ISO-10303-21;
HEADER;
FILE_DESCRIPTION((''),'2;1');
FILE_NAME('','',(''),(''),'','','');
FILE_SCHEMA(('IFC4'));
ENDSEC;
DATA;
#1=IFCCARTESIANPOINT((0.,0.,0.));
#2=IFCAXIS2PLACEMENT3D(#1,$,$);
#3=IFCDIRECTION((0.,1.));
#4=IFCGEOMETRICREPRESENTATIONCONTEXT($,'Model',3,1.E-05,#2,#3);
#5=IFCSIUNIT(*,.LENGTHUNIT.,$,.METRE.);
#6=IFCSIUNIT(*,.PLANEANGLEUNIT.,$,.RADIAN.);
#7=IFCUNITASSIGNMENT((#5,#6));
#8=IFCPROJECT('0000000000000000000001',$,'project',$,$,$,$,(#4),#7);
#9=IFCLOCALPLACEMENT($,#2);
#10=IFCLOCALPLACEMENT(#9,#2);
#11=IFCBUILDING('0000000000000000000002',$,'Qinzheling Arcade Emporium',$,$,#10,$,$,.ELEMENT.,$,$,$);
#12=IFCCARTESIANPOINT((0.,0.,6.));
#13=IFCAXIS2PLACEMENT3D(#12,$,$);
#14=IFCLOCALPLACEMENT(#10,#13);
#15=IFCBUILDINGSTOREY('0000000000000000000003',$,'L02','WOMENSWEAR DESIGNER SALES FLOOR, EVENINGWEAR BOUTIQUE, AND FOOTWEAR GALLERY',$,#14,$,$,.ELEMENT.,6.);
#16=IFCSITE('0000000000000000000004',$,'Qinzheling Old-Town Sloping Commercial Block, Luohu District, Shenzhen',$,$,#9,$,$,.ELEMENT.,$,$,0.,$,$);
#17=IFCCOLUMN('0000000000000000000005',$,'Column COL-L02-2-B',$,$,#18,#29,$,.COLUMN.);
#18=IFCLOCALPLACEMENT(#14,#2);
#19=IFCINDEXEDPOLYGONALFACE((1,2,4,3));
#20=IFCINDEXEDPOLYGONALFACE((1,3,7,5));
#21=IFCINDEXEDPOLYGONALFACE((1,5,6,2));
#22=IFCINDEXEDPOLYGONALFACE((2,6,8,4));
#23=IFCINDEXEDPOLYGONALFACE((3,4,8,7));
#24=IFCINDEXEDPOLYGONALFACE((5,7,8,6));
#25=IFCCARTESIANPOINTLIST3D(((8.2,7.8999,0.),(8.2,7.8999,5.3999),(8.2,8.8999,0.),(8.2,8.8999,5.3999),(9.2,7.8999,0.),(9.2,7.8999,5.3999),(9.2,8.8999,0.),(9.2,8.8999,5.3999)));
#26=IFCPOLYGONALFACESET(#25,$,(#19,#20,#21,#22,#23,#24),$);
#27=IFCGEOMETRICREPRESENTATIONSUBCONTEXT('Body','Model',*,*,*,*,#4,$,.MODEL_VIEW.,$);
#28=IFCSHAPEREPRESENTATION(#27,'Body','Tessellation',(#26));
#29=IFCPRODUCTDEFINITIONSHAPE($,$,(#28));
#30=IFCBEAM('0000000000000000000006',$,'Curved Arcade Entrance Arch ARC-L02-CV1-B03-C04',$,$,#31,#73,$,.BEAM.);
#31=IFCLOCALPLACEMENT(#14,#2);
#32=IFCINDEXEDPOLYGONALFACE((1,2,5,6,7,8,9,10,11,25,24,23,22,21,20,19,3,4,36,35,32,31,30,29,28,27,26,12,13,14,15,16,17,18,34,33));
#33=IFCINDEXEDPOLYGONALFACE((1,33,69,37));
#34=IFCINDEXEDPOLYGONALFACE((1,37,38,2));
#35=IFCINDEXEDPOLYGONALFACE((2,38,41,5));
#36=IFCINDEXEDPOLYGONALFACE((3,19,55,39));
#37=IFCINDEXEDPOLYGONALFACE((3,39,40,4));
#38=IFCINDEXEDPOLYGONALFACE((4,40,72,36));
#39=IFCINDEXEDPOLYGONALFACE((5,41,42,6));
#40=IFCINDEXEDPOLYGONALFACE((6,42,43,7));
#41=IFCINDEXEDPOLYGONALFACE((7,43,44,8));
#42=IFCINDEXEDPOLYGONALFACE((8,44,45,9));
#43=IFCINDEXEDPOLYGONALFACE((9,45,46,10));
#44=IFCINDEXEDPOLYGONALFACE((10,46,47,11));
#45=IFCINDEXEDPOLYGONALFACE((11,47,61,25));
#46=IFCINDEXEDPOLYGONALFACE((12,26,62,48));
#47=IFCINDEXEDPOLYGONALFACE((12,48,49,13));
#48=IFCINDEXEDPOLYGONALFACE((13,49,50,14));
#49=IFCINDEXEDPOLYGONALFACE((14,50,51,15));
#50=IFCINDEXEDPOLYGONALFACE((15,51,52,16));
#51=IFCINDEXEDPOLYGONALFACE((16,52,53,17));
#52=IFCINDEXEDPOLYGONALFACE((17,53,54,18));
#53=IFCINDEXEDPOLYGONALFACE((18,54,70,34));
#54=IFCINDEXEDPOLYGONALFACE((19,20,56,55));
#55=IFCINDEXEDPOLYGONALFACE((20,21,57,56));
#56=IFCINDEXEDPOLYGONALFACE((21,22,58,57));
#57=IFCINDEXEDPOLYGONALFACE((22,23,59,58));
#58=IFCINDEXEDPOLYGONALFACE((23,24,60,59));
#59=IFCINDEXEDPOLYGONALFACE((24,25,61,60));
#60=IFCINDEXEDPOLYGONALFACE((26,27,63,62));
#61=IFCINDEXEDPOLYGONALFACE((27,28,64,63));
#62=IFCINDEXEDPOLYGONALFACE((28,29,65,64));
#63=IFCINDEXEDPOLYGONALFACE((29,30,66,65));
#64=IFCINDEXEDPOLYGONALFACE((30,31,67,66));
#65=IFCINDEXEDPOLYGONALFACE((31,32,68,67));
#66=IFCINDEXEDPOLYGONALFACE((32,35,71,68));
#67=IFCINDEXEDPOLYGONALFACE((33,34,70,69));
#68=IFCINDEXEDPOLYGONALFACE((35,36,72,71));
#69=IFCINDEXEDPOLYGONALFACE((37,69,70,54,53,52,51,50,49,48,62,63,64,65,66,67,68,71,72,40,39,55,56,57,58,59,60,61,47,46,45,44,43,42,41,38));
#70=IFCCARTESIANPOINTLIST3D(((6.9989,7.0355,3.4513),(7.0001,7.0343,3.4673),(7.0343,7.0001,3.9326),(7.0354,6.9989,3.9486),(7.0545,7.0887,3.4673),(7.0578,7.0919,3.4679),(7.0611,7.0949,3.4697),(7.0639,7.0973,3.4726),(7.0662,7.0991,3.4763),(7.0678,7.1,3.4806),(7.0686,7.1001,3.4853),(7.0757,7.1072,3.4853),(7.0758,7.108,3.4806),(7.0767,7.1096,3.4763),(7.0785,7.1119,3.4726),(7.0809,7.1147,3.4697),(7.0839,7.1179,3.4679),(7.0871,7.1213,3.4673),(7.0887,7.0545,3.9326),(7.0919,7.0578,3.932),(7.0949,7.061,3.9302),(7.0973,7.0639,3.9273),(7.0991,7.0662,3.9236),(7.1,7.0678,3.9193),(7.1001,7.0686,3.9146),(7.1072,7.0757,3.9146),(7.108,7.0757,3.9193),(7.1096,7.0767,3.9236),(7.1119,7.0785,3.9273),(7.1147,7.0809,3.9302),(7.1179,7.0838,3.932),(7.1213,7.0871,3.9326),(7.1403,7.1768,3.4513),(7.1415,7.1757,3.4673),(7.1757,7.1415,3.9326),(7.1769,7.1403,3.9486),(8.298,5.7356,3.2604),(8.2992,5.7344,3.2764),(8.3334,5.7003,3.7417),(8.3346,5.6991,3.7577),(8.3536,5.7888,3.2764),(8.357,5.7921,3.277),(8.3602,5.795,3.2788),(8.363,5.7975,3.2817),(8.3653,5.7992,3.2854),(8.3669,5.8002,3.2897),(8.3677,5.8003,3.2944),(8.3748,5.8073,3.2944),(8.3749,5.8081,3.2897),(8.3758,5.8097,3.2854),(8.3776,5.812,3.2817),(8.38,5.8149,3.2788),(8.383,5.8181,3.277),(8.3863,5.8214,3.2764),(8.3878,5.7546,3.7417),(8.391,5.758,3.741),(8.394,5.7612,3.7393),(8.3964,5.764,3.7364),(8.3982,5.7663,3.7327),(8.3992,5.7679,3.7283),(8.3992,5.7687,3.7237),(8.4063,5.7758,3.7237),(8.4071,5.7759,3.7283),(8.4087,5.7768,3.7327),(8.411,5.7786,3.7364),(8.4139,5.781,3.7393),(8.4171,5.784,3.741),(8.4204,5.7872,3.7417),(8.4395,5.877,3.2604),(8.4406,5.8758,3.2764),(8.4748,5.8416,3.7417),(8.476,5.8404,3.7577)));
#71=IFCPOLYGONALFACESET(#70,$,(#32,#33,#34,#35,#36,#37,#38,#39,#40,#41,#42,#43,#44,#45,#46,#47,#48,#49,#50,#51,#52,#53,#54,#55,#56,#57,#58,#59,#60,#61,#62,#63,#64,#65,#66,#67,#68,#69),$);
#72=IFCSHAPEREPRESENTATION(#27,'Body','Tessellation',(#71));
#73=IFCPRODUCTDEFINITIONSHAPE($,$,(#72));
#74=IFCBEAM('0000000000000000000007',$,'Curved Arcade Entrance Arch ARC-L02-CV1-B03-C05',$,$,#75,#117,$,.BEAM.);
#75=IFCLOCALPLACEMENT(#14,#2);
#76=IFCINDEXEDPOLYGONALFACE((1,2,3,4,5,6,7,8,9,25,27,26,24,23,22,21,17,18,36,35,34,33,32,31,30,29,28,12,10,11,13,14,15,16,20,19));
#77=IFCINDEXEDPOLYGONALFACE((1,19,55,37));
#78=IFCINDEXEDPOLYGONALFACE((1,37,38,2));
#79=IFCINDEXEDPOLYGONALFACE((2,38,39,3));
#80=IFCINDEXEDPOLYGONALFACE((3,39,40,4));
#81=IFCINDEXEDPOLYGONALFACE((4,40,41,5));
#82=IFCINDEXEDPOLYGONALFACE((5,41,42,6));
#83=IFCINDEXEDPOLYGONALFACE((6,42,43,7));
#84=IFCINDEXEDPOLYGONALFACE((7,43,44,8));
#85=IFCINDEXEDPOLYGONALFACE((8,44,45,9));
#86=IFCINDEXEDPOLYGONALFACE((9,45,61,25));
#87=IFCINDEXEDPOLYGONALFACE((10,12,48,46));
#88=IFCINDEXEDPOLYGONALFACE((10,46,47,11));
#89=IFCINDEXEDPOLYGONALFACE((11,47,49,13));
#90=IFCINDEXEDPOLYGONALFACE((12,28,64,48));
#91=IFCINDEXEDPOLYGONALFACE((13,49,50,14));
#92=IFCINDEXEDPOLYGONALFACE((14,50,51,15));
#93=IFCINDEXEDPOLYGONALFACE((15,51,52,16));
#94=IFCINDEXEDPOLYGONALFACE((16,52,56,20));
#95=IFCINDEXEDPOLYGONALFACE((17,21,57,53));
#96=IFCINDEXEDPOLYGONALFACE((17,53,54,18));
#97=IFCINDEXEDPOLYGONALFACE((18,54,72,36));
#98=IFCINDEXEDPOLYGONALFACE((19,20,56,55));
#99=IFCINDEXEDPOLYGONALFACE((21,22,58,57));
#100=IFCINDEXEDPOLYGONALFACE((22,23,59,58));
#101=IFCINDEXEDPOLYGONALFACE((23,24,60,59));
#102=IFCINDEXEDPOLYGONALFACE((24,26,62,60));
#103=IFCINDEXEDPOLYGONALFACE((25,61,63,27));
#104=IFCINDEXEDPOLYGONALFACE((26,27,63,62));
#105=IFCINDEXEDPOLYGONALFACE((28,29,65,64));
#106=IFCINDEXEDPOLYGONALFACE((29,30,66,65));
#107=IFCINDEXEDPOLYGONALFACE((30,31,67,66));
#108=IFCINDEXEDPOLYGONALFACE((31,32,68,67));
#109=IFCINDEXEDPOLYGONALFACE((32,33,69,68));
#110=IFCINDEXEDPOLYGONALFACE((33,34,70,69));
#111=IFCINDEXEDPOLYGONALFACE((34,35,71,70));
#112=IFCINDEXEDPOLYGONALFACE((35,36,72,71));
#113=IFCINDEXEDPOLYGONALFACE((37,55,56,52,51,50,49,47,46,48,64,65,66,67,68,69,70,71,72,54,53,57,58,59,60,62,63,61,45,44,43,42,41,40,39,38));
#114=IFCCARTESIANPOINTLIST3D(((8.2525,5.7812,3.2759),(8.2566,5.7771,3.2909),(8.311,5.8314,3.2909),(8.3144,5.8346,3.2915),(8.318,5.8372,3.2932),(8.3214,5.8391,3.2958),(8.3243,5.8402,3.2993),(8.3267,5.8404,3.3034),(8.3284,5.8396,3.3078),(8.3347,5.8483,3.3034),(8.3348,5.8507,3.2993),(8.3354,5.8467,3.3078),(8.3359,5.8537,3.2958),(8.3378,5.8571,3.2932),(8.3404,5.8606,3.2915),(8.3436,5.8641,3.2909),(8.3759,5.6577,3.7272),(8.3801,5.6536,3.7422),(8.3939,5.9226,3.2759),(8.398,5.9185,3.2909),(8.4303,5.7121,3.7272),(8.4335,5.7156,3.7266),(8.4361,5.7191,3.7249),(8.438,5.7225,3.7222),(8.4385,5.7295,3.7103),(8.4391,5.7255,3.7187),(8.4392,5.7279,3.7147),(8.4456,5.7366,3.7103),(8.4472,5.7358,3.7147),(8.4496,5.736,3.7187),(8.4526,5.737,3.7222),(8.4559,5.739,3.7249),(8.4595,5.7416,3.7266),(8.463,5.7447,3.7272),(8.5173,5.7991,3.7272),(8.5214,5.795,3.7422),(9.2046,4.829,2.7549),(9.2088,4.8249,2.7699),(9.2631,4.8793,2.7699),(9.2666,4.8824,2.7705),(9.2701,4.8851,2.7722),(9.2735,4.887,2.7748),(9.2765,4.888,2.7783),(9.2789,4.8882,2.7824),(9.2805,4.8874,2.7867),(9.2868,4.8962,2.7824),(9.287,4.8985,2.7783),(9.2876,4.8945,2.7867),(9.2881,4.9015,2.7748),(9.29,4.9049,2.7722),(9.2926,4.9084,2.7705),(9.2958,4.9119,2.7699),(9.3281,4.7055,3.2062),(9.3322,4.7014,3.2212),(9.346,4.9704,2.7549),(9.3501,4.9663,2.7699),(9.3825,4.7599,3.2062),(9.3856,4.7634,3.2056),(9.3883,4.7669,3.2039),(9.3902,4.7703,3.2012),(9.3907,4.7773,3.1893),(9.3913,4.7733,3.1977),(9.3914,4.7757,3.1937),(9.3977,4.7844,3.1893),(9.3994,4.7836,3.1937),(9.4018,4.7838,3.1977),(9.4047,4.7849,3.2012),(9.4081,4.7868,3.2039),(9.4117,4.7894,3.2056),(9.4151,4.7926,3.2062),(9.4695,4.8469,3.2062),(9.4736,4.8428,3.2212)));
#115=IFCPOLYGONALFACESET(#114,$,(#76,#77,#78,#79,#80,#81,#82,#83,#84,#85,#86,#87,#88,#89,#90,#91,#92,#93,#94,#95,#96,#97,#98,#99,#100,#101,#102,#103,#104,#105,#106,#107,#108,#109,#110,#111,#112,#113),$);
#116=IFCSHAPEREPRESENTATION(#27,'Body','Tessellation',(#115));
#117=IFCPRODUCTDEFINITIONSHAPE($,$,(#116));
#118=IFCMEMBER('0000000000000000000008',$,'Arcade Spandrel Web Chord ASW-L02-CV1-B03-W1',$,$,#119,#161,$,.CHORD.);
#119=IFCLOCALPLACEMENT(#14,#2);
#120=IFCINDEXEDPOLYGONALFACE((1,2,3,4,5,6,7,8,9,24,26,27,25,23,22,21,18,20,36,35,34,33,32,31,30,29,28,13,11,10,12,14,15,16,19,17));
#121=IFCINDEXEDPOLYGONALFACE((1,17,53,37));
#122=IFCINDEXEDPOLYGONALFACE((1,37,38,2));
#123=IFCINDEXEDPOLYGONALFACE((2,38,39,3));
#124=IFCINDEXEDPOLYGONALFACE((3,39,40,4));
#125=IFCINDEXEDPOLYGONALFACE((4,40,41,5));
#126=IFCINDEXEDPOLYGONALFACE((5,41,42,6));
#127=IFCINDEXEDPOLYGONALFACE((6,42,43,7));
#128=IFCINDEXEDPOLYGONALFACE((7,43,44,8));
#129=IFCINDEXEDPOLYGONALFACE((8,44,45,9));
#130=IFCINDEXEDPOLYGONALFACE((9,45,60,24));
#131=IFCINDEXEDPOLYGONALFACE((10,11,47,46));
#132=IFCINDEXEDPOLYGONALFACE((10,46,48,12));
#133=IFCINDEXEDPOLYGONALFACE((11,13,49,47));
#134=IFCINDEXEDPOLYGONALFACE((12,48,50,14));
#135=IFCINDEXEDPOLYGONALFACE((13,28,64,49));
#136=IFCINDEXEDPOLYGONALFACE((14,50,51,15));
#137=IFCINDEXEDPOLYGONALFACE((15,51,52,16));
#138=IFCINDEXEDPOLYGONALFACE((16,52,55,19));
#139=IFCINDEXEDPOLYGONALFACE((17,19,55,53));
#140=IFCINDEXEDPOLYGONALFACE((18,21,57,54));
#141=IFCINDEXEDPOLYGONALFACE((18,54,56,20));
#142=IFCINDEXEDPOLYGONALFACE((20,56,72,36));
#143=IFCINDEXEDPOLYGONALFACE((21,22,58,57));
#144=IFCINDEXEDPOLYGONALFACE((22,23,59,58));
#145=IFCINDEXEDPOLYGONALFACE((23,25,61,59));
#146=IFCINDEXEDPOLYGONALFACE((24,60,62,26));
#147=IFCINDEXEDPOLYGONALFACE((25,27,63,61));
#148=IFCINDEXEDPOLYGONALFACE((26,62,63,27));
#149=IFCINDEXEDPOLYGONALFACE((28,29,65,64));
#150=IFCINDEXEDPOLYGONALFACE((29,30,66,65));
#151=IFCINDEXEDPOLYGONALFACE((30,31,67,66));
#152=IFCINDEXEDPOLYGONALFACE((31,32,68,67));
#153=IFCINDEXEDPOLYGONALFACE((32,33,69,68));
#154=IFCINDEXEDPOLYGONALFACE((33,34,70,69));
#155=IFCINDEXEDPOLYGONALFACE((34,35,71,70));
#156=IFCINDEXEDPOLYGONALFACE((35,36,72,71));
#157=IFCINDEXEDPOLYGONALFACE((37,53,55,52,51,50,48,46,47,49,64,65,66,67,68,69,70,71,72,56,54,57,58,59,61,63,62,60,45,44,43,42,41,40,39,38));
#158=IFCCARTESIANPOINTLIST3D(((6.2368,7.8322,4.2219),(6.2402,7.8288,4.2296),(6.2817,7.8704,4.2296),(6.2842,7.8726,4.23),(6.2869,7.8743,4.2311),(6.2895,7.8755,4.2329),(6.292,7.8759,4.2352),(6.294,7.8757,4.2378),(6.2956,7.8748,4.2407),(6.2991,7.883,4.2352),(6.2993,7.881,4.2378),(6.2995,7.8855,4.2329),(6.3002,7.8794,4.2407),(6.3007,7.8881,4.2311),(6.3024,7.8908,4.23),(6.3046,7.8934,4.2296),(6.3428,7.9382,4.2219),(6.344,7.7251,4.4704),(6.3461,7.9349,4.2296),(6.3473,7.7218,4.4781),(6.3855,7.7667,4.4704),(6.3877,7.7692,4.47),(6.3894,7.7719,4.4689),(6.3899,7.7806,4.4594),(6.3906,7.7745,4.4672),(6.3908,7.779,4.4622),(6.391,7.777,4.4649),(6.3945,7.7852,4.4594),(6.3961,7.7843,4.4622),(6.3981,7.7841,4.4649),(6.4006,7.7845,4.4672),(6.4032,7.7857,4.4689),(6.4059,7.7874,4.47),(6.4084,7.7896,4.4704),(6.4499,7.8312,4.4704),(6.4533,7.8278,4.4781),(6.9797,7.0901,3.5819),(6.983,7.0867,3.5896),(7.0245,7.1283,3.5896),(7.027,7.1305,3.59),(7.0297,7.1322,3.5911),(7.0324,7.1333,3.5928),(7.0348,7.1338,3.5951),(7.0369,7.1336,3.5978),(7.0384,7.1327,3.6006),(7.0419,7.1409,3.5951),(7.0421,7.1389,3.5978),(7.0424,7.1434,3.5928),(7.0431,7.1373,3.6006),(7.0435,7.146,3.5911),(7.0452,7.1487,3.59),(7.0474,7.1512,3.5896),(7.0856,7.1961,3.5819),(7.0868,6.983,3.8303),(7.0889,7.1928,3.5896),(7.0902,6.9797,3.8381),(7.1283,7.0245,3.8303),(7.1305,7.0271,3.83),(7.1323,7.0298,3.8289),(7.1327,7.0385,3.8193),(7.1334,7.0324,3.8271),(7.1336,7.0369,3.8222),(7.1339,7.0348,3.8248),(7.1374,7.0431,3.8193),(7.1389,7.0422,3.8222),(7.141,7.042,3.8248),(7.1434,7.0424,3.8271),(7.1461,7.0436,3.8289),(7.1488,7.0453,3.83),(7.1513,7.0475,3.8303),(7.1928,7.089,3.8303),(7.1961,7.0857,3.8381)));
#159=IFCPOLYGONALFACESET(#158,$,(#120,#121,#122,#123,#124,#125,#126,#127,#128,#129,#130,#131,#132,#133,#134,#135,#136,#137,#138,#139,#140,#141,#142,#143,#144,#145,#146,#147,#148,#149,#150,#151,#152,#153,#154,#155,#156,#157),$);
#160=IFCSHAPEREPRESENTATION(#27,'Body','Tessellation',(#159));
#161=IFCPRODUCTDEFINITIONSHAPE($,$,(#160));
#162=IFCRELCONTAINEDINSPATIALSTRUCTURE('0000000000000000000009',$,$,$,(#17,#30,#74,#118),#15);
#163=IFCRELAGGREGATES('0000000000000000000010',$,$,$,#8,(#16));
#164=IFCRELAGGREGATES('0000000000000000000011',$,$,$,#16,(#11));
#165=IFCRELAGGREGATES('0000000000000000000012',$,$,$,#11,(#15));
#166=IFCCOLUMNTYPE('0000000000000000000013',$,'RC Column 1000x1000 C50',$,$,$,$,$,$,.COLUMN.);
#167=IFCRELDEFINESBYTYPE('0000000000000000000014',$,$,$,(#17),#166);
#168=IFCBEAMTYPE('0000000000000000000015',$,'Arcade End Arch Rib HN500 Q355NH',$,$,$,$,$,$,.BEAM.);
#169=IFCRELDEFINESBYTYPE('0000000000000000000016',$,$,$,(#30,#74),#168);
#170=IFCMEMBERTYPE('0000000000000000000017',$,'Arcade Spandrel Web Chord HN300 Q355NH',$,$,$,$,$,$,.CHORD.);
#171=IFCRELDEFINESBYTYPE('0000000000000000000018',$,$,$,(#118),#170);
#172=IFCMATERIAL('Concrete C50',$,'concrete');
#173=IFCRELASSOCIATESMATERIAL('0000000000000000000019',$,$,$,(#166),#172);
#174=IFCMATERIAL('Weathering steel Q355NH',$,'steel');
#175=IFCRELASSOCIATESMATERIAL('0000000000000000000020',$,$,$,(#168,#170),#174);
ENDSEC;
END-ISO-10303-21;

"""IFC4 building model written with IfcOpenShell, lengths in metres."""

from ifc_helpers import new_model, si_unit, direction, frame, origin, origin_2d, place, context, subcontext, project, spatial, rectangle, i_section, extrude, material, material_profile, profile_set, type_object, element, save


model = new_model("IFC4")

# Units and contexts
model_context = context("Model", 3, precision=1e-05, world=origin(), true_north=direction((0.0, 1.0)))
body_context = subcontext(model_context, "Body", "Model", "MODEL_VIEW")
ifc_project = project(units=[si_unit("LENGTHUNIT", "METRE"), si_unit("PLANEANGLEUNIT", "RADIAN")], contexts=[model_context])

# Site, building, storey
site_placement = place(None, origin())
site = spatial("IfcSite", under=ifc_project, at=site_placement, Name="Qinzheling Old-Town Sloping Commercial Block, Luohu District, Shenzhen", CompositionType="ELEMENT", RefElevation=0.0)
building_placement = place(site_placement, origin())
building = spatial("IfcBuilding", under=site, at=building_placement, Name="Qinzheling Arcade Emporium", CompositionType="ELEMENT")
storey_placement = place(building_placement, frame((0.0, 0.0, 6.0)))
storey = spatial("IfcBuildingStorey", under=building, at=storey_placement, Name="L02", Description="WOMENSWEAR DESIGNER SALES FLOOR, EVENINGWEAR BOUTIQUE, AND FOOTWEAR GALLERY", CompositionType="ELEMENT", Elevation=6.0)

# Column
ifc_material_1 = material(Name="Concrete C50", Category="concrete")
ifc_material_profile_1 = material_profile(ifc_material_1, rectangle(XDim=1.0, YDim=1.0, at=origin_2d()), Name="RC 1000x1000", Category="concrete")
ifc_profile_set_1 = profile_set([ifc_material_profile_1], Name="Concrete C50")
column_type = type_object("IfcColumnType", Name="RC Column 1000x1000 C50", PredefinedType="COLUMN", material=ifc_profile_set_1)
column_placement = place(storey_placement, frame((8.7, 8.3999, 0.0), z_axis=(0.0, 0.0, 1.0), x_axis=(1.0, 0.0, 0.0)))
element("IfcColumn", 1, at=column_placement, inside=storey, type_object=column_type, Name="Column COL-L02-2-B", PredefinedType="COLUMN", context=body_context, shape_type="SweptSolid", body=[
    extrude(rectangle(XDim=1.0, YDim=1.0, at=origin_2d()), origin(), (0.0, 0.0, 1.0), 5.3999),
])

# Beams
ifc_material_2 = material(Name="Weathering steel Q355NH", Category="steel")
ifc_material_profile_2 = material_profile(ifc_material_2, i_section(OverallWidth=0.2, OverallDepth=0.5, WebThickness=0.01, FlangeThickness=0.0161, FilletRadius=0.0181, at=origin_2d()), Name="HN 500x200x10x16", Category="steel")
ifc_profile_set_2 = profile_set([ifc_material_profile_2], Name="Weathering steel Q355NH")
beam_type_1 = type_object("IfcBeamType", Name="Arcade End Arch Rib HN500 Q355NH", PredefinedType="BEAM", material=ifc_profile_set_2)
beam_1_placement = place(storey_placement, frame((7.0879, 7.0879, 3.7), z_axis=(0.703123, -0.70352, -0.103334), x_axis=(0.707306, 0.706907, 0.0)))
element("IfcBeam", 2, at=beam_1_placement, inside=storey, type_object=beam_type_1, Name="Curved Arcade Entrance Arch ARC-L02-CV1-B03-C04", PredefinedType="BEAM", context=body_context, shape_type="SweptSolid", body=[
    extrude(i_section(OverallWidth=0.2, OverallDepth=0.5, WebThickness=0.01, FlangeThickness=0.0161, FilletRadius=0.0181, at=origin_2d()), origin(), (0.0, 0.0, 1.0), 1.8477),
])
beam_2_placement = place(storey_placement, frame((8.387, 5.7881, 3.509), z_axis=(0.659466, -0.659466, -0.360846), x_axis=(0.707107, 0.707107, 0.0)))
element("IfcBeam", 3, at=beam_2_placement, inside=storey, type_object=beam_type_1, Name="Curved Arcade Entrance Arch ARC-L02-CV1-B03-C05", PredefinedType="BEAM", context=body_context, shape_type="SweptSolid", body=[
    extrude(i_section(OverallWidth=0.2, OverallDepth=0.5, WebThickness=0.01, FlangeThickness=0.0161, FilletRadius=0.0181, at=origin_2d()), origin(), (0.0, 0.0, 1.0), 1.4438),
])

# Member
ifc_material_profile_3 = material_profile(ifc_material_2, i_section(OverallWidth=0.1499, OverallDepth=0.3, WebThickness=0.0066, FlangeThickness=0.009, FilletRadius=0.0129, at=origin_2d()), Name="HN 300x150x6.5x9", Category="steel")
ifc_profile_set_3 = profile_set([ifc_material_profile_3], Name="Weathering steel Q355NH")
member_type_1 = type_object("IfcMemberType", Name="Arcade Spandrel Web Chord HN300 Q355NH", PredefinedType="CHORD", material=ifc_profile_set_3)
for number, where, z_axis, x_axis, name in (
    (4, (7.0879, 7.0879, 3.71), (-0.60407, 0.603475, 0.520497), (-0.706758, -0.707455, 0.0), "Arcade Spandrel Web Chord ASW-L02-CV1-B03-W1"),
):
    element("IfcMember", number, at=place(storey_placement, frame(where, z_axis=z_axis, x_axis=x_axis)), inside=storey, type_object=member_type_1, Name=name, PredefinedType="CHORD", context=body_context, shape_type="SweptSolid", body=[
        extrude(i_section(OverallWidth=0.1499, OverallDepth=0.3, WebThickness=0.0066, FlangeThickness=0.009, FilletRadius=0.0129, at=origin_2d()), origin(), (0.0, 0.0, 1.0), 1.2297),
    ])

save(model, "model.ifc")
